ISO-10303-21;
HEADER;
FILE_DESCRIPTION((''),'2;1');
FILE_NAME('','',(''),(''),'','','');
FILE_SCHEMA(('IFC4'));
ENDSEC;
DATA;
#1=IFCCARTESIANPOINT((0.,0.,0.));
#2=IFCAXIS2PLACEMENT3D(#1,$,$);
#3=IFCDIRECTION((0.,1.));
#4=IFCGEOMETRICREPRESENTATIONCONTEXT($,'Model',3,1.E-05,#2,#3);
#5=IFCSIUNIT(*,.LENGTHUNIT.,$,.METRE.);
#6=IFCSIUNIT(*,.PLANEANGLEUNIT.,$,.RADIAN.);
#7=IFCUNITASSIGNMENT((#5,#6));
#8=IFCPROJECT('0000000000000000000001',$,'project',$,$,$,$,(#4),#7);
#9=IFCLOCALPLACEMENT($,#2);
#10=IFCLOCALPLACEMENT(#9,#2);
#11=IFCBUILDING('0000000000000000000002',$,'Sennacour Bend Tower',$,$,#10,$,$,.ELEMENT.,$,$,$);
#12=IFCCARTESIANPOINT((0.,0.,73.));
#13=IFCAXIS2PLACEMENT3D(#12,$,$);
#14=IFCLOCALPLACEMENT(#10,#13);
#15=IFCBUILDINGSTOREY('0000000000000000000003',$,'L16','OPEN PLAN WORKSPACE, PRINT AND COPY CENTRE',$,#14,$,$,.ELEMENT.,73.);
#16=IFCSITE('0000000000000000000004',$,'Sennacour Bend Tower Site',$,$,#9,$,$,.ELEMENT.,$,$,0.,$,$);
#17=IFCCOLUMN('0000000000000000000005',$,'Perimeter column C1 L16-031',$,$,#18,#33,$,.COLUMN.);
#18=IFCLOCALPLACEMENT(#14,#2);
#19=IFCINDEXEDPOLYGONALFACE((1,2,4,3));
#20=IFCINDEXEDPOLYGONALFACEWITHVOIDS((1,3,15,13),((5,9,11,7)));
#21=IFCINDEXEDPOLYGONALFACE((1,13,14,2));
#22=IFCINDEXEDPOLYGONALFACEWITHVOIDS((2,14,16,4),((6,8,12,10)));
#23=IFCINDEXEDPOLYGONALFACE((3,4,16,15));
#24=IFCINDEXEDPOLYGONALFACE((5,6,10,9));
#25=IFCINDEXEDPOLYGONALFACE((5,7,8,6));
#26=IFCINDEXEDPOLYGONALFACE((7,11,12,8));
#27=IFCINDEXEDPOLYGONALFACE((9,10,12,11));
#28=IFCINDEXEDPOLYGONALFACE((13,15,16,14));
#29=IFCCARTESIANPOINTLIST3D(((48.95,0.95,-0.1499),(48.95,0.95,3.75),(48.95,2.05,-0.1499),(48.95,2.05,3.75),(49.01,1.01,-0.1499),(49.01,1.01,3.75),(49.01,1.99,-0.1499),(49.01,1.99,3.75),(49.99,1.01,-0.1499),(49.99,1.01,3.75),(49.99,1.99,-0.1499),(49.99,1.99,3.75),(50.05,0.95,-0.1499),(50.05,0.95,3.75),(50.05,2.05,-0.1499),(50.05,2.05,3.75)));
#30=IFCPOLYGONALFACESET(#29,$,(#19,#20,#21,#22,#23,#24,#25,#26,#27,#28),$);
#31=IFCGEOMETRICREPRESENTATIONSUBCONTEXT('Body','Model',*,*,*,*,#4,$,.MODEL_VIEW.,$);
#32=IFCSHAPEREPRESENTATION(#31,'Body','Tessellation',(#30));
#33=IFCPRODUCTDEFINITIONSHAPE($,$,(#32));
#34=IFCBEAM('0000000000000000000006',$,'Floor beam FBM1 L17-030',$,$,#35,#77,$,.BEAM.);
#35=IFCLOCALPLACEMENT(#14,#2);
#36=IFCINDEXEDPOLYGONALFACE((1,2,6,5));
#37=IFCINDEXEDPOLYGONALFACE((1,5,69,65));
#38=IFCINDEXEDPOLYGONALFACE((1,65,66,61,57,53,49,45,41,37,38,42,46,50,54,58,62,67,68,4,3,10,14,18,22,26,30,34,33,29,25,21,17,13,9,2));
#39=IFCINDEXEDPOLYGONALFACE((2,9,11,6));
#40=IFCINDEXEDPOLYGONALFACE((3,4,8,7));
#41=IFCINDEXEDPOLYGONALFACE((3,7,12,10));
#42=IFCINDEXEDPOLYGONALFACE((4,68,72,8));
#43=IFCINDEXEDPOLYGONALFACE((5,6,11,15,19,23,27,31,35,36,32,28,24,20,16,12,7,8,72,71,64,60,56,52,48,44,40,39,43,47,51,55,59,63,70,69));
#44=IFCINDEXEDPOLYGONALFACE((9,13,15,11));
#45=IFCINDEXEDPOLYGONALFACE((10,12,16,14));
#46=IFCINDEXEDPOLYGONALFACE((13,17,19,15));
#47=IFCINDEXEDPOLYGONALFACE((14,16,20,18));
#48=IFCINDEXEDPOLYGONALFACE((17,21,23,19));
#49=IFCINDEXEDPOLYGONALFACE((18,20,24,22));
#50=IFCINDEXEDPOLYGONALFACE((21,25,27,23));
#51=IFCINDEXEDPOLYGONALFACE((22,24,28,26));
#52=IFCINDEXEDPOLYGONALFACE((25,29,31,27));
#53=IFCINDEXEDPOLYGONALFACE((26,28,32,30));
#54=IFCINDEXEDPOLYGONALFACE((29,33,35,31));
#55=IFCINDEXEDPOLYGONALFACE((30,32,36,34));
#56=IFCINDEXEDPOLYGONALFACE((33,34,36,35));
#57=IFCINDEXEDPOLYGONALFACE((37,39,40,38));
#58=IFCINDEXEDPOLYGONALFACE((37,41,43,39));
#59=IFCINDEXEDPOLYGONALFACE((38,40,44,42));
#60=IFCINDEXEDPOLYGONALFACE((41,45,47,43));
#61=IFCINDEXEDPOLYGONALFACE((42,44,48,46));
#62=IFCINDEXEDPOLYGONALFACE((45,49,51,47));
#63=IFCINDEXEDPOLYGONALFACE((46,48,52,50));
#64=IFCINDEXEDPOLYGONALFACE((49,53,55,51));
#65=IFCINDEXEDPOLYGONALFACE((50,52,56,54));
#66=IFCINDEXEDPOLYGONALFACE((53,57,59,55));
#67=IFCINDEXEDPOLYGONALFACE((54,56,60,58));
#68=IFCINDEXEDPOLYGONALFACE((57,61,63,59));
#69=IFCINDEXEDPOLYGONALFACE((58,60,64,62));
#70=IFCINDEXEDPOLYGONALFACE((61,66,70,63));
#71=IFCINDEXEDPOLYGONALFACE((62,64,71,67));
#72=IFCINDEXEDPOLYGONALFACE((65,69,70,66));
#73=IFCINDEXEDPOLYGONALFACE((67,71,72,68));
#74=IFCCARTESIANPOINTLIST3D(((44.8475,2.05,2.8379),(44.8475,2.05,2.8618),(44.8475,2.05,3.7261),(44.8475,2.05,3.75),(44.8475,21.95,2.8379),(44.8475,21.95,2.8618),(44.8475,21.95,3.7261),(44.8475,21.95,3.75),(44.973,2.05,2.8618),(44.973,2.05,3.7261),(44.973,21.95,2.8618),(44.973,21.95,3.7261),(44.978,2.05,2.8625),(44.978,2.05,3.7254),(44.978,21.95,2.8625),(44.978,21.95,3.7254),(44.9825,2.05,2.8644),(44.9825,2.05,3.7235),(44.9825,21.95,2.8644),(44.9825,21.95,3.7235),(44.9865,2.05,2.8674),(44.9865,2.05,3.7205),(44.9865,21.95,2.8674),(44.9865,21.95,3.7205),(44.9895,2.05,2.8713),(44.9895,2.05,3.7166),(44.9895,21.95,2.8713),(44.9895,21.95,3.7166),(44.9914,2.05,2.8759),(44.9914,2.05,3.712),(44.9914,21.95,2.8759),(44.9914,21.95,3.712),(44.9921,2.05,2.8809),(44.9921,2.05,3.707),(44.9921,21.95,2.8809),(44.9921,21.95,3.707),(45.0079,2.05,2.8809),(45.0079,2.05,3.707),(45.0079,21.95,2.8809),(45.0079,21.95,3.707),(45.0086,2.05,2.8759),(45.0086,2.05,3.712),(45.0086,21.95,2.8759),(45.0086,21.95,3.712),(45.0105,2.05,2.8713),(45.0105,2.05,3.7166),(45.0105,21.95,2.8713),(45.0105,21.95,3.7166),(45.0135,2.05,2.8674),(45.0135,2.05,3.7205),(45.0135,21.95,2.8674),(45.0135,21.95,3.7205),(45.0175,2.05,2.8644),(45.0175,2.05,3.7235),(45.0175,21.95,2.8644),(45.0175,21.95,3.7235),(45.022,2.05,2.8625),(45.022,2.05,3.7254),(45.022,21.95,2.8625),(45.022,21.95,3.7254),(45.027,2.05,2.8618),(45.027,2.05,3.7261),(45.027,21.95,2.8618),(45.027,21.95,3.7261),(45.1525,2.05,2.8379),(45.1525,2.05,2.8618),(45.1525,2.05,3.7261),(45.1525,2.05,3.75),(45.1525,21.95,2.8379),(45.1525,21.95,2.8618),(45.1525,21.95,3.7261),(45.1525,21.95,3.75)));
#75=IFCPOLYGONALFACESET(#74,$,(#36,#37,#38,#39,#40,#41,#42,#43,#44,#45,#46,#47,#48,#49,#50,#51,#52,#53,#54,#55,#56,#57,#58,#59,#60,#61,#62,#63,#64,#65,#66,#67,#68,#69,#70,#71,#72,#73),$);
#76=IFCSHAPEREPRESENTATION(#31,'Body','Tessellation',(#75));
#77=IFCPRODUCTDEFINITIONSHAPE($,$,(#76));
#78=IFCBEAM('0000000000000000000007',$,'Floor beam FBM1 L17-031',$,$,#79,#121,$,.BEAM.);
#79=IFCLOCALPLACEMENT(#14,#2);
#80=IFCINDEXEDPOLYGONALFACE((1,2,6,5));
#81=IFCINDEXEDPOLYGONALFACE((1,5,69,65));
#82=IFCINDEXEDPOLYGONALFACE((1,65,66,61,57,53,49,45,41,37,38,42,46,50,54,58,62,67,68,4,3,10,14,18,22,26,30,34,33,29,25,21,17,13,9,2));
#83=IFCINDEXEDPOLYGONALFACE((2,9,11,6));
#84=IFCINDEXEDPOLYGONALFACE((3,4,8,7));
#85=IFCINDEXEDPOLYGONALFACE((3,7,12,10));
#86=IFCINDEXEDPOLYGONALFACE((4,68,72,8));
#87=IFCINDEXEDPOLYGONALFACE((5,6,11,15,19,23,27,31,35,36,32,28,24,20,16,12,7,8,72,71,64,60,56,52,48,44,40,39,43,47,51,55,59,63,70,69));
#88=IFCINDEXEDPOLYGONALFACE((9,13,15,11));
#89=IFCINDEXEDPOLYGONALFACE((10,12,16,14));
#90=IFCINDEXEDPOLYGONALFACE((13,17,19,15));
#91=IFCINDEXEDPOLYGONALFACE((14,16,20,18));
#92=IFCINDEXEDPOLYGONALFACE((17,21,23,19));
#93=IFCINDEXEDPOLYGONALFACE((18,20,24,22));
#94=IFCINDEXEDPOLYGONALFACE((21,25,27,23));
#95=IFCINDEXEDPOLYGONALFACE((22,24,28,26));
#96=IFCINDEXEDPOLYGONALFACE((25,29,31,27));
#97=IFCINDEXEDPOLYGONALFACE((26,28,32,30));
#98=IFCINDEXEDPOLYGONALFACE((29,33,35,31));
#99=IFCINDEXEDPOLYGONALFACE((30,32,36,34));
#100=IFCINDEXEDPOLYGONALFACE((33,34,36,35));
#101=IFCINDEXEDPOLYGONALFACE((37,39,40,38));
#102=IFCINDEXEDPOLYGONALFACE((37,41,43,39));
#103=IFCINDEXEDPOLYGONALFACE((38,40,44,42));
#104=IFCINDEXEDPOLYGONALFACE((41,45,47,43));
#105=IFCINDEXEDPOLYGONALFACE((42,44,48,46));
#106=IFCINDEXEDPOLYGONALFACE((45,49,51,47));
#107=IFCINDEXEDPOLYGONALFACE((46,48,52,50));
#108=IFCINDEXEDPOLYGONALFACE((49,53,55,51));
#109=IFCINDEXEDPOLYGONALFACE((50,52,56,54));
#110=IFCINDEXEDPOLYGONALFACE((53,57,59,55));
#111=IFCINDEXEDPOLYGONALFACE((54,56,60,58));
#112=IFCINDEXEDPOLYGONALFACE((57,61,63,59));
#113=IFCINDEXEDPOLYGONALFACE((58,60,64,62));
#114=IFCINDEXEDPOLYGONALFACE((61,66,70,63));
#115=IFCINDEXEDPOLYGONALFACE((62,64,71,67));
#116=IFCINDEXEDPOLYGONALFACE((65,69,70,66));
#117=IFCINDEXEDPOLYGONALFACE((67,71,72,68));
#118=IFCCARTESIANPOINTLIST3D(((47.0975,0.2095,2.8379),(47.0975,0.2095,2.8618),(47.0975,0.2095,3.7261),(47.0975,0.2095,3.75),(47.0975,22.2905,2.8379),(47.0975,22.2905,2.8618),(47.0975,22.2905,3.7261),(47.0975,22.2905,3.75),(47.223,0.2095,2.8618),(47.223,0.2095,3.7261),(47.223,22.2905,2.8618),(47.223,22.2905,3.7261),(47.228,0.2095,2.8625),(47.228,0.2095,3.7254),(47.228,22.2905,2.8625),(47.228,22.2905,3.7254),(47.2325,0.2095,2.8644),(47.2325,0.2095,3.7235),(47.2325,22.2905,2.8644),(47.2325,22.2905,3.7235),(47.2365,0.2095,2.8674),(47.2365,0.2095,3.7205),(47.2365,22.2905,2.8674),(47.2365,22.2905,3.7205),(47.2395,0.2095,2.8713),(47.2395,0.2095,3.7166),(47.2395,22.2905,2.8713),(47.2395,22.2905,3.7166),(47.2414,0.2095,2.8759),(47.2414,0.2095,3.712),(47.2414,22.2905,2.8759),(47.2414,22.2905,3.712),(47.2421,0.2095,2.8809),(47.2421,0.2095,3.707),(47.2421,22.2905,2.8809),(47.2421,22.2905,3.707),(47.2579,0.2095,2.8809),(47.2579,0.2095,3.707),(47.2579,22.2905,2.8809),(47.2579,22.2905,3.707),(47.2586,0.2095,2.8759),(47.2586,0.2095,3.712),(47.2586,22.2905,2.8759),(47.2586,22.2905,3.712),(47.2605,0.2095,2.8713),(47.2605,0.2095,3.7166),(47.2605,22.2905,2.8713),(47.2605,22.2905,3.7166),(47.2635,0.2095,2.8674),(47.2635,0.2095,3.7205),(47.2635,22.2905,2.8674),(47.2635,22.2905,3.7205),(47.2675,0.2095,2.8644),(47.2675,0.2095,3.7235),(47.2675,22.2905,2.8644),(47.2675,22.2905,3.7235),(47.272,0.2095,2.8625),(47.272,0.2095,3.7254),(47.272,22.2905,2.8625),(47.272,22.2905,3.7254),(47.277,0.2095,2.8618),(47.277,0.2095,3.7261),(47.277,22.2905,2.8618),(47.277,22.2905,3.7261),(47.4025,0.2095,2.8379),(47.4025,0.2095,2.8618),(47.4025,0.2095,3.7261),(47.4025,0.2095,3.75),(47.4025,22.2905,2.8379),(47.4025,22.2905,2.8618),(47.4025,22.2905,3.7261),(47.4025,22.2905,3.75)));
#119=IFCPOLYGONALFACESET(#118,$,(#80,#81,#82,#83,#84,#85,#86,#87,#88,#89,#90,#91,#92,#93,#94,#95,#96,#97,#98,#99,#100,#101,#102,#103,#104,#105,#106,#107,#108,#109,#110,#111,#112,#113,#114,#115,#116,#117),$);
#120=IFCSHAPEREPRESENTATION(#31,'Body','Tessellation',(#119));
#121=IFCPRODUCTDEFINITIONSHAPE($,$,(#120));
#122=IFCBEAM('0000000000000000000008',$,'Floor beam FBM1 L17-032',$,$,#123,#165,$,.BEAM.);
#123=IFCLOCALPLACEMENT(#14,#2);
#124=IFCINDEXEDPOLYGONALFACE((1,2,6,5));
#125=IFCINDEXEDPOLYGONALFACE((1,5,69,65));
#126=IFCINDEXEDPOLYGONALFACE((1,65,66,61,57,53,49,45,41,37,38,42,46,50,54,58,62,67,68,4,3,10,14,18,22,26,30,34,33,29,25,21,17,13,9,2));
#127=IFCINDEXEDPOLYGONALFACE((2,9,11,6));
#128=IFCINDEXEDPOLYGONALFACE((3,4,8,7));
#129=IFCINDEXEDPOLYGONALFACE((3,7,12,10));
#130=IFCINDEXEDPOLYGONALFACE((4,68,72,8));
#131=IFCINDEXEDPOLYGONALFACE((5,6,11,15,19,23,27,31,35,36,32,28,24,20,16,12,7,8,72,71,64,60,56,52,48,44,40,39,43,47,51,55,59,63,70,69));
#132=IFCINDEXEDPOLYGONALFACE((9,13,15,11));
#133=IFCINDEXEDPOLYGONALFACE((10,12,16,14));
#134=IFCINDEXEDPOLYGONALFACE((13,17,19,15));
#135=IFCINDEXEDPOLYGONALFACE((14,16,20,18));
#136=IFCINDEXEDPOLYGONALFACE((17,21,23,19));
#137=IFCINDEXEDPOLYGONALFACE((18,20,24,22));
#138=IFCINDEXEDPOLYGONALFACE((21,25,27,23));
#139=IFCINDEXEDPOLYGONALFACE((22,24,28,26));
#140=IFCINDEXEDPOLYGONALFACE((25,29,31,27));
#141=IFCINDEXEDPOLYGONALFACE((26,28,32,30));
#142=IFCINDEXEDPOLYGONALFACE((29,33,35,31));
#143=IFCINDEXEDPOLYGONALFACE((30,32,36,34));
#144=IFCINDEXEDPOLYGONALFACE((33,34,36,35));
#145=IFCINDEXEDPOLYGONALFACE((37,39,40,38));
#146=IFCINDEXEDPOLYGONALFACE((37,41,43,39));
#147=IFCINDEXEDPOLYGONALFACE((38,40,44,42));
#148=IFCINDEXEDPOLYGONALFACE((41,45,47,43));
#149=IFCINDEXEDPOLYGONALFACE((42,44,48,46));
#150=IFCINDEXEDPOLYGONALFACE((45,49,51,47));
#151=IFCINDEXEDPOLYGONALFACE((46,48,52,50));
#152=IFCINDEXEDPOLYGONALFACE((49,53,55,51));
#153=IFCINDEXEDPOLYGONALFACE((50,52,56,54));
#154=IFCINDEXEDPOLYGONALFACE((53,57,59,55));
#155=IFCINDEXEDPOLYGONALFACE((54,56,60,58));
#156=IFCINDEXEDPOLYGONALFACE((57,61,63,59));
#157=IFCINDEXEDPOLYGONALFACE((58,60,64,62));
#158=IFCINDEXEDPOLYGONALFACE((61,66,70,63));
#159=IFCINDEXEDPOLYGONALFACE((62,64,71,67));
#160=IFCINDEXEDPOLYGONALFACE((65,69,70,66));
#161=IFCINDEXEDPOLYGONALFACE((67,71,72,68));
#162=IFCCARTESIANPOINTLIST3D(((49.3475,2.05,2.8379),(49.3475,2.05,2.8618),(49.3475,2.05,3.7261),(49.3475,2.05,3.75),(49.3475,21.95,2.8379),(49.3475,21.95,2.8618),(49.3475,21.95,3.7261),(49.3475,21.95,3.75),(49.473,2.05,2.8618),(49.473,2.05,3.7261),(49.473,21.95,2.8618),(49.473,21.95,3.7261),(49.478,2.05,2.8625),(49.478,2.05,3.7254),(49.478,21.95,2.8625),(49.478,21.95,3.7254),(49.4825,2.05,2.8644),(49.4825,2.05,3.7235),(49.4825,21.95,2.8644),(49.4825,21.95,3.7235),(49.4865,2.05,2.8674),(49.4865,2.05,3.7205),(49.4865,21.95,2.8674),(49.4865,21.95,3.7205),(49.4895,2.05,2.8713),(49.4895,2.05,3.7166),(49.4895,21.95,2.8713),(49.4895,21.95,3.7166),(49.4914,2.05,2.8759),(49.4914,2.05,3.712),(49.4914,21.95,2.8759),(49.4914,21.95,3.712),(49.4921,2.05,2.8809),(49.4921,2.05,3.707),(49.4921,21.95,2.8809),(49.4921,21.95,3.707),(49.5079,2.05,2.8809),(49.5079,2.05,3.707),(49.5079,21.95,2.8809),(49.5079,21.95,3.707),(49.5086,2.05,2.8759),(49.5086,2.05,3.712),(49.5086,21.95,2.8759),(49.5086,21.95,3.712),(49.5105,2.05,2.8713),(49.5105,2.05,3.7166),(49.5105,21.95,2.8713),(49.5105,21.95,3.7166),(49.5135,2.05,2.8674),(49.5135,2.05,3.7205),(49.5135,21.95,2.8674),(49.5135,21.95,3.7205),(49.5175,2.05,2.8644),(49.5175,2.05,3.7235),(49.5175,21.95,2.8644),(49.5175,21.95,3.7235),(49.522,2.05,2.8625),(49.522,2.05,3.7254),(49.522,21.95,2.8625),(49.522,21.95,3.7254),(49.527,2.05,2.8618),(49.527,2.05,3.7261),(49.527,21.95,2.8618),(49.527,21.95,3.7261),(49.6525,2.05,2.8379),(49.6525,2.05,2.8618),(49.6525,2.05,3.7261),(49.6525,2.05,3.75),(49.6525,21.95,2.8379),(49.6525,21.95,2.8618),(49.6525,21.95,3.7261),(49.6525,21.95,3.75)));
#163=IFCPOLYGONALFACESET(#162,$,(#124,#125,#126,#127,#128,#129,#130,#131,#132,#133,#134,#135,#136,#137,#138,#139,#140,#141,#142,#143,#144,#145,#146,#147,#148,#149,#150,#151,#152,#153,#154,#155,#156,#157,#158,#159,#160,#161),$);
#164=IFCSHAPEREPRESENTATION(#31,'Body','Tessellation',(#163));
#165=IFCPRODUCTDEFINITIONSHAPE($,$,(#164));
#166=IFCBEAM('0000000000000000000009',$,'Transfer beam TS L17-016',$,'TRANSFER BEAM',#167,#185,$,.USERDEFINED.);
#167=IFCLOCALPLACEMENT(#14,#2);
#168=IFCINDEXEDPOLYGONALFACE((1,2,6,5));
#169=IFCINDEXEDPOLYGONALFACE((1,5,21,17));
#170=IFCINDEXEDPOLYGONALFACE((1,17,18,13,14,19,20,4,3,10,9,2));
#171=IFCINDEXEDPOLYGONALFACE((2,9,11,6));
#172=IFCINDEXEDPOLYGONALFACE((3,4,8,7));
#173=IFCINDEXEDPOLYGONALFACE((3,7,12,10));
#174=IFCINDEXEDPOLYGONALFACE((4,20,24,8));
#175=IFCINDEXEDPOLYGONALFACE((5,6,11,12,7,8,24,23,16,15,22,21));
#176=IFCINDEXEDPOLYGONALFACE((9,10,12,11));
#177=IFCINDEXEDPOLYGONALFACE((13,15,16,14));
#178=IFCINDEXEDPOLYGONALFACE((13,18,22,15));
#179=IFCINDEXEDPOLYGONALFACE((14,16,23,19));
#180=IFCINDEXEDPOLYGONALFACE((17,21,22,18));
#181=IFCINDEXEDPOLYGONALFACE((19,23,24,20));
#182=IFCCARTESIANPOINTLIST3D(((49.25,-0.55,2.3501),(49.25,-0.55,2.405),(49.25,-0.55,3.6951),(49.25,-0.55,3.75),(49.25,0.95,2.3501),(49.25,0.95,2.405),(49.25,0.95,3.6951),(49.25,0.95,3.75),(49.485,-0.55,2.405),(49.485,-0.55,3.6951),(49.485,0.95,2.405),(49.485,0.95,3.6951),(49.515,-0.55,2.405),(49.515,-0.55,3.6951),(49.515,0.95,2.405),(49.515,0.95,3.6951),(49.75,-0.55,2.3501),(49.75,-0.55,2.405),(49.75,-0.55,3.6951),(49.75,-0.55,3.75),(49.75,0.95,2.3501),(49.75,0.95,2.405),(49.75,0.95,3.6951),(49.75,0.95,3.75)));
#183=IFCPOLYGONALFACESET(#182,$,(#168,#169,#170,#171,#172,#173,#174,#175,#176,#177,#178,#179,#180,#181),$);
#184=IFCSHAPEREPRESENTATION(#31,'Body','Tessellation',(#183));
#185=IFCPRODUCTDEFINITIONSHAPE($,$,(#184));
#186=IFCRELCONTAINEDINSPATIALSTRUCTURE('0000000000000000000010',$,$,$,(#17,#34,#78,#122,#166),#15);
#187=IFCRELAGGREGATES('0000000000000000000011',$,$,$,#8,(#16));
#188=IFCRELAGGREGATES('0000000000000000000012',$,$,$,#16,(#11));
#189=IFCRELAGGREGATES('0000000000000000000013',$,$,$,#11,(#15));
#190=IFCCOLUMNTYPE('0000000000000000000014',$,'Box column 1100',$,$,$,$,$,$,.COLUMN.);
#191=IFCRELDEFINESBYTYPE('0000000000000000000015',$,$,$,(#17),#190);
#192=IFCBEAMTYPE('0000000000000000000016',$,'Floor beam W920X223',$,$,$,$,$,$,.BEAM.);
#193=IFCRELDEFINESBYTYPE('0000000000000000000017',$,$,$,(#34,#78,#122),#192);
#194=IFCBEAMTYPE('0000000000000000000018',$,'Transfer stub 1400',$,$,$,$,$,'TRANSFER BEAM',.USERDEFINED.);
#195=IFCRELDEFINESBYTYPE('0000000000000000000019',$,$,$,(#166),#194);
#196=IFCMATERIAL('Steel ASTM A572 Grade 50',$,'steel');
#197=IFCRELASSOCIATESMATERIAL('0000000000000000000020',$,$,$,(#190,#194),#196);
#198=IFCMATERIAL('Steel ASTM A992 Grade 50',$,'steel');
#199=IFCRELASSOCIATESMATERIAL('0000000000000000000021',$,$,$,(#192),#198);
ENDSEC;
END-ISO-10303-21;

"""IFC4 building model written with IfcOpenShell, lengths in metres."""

from ifc_helpers import new_model, si_unit, direction, frame, origin, origin_2d, place, context, subcontext, project, spatial, hollow_rectangle, i_section, extrude, material, material_profile, profile_set, type_object, element, save


model = new_model("IFC4")

# Units and contexts
model_context = context("Model", 3, precision=1e-05, world=origin(), true_north=direction((0.0, 1.0)))
body_context = subcontext(model_context, "Body", "Model", "MODEL_VIEW")
ifc_project = project(units=[si_unit("LENGTHUNIT", "METRE"), si_unit("PLANEANGLEUNIT", "RADIAN")], contexts=[model_context])

# Site, building, storey
site_placement = place(None, origin())
site = spatial("IfcSite", under=ifc_project, at=site_placement, Name="Sennacour Bend Tower Site", CompositionType="ELEMENT", RefElevation=0.0)
building_placement = place(site_placement, origin())
building = spatial("IfcBuilding", under=site, at=building_placement, Name="Sennacour Bend Tower", CompositionType="ELEMENT")
storey_placement = place(building_placement, frame((0.0, 0.0, 73.0)))
storey = spatial("IfcBuildingStorey", under=building, at=storey_placement, Name="L16", Description="OPEN PLAN WORKSPACE, PRINT AND COPY CENTRE", CompositionType="ELEMENT", Elevation=73.0)

# Column
ifc_material_1 = material(Name="Steel ASTM A572 Grade 50", Category="steel")
ifc_material_profile_1 = material_profile(ifc_material_1, hollow_rectangle(XDim=1.1001, YDim=1.1001, WallThickness=0.0601, at=origin_2d()), Name="Steel ASTM A572 Grade 50", Category="steel")
ifc_profile_set_1 = profile_set([ifc_material_profile_1], Name="Steel ASTM A572 Grade 50")
column_type = type_object("IfcColumnType", Name="Box column 1100", PredefinedType="COLUMN", material=ifc_profile_set_1)
column_placement = place(storey_placement, frame((49.5, 1.5, -0.1499), z_axis=(0.0, 0.0, 1.0), x_axis=(1.0, 0.0, 0.0)))
element("IfcColumn", 1, at=column_placement, inside=storey, type_object=column_type, Name="Perimeter column C1 L16-031", PredefinedType="COLUMN", context=body_context, shape_type="SweptSolid", body=[
    extrude(hollow_rectangle(XDim=1.1001, YDim=1.1001, WallThickness=0.0601, at=origin_2d()), origin(), (0.0, 0.0, 1.0), 3.8999),
])

# Beams
ifc_material_2 = material(Name="Steel ASTM A992 Grade 50", Category="steel")
ifc_material_profile_2 = material_profile(ifc_material_2, i_section(OverallWidth=0.3049, OverallDepth=0.9121, WebThickness=0.0159, FlangeThickness=0.0239, FilletRadius=0.019, at=origin_2d()), Name="Steel ASTM A992 Grade 50", Category="steel")
ifc_profile_set_2 = profile_set([ifc_material_profile_2], Name="Steel ASTM A992 Grade 50")
beam_type_1 = type_object("IfcBeamType", Name="Floor beam W920X223", PredefinedType="BEAM", material=ifc_profile_set_2)
beam_1_placement = place(storey_placement, frame((45.0, 2.05, 3.2939), z_axis=(0.0, 1.0, 0.0), x_axis=(-1.0, 0.0, 0.0)))
element("IfcBeam", 2, at=beam_1_placement, inside=storey, type_object=beam_type_1, Name="Floor beam FBM1 L17-030", PredefinedType="BEAM", context=body_context, shape_type="SweptSolid", body=[
    extrude(i_section(OverallWidth=0.3049, OverallDepth=0.9121, WebThickness=0.0159, FlangeThickness=0.0239, FilletRadius=0.019, at=origin_2d()), origin(), (0.0, 0.0, 1.0), 19.8999),
])
beam_2_placement = place(storey_placement, frame((47.25, 0.2095, 3.2939), z_axis=(0.0, 1.0, 0.0), x_axis=(-1.0, 0.0, 0.0)))
element("IfcBeam", 3, at=beam_2_placement, inside=storey, type_object=beam_type_1, Name="Floor beam FBM1 L17-031", PredefinedType="BEAM", context=body_context, shape_type="SweptSolid", body=[
    extrude(i_section(OverallWidth=0.3049, OverallDepth=0.9121, WebThickness=0.0159, FlangeThickness=0.0239, FilletRadius=0.019, at=origin_2d()), origin(), (0.0, 0.0, 1.0), 22.0811),
])
beam_3_placement = place(storey_placement, frame((49.5, 2.05, 3.2939), z_axis=(0.0, 1.0, 0.0), x_axis=(-1.0, 0.0, 0.0)))
element("IfcBeam", 4, at=beam_3_placement, inside=storey, type_object=beam_type_1, Name="Floor beam FBM1 L17-032", PredefinedType="BEAM", context=body_context, shape_type="SweptSolid", body=[
    extrude(i_section(OverallWidth=0.3049, OverallDepth=0.9121, WebThickness=0.0159, FlangeThickness=0.0239, FilletRadius=0.019, at=origin_2d()), origin(), (0.0, 0.0, 1.0), 19.8999),
])
ifc_material_profile_3 = material_profile(ifc_material_1, i_section(OverallWidth=0.5, OverallDepth=1.3999, WebThickness=0.03, FlangeThickness=0.0549, at=origin_2d()), Name="Steel ASTM A572 Grade 50", Category="steel")
ifc_profile_set_3 = profile_set([ifc_material_profile_3], Name="Steel ASTM A572 Grade 50")
beam_type_2 = type_object("IfcBeamType", Name="Transfer stub 1400", ElementType="TRANSFER BEAM", PredefinedType="USERDEFINED", material=ifc_profile_set_3)
beam_4_placement = place(storey_placement, frame((49.5, 0.95, 3.05), z_axis=(0.0, -1.0, 0.0), x_axis=(1.0, 0.0, 0.0)))
element("IfcBeam", 5, at=beam_4_placement, inside=storey, type_object=beam_type_2, Name="Transfer beam TS L17-016", ObjectType="TRANSFER BEAM", PredefinedType="USERDEFINED", context=body_context, shape_type="SweptSolid", body=[
    extrude(i_section(OverallWidth=0.5, OverallDepth=1.3999, WebThickness=0.03, FlangeThickness=0.0549, at=origin_2d()), origin(), (0.0, 0.0, 1.0), 1.5),
])

save(model, "model.ifc")
